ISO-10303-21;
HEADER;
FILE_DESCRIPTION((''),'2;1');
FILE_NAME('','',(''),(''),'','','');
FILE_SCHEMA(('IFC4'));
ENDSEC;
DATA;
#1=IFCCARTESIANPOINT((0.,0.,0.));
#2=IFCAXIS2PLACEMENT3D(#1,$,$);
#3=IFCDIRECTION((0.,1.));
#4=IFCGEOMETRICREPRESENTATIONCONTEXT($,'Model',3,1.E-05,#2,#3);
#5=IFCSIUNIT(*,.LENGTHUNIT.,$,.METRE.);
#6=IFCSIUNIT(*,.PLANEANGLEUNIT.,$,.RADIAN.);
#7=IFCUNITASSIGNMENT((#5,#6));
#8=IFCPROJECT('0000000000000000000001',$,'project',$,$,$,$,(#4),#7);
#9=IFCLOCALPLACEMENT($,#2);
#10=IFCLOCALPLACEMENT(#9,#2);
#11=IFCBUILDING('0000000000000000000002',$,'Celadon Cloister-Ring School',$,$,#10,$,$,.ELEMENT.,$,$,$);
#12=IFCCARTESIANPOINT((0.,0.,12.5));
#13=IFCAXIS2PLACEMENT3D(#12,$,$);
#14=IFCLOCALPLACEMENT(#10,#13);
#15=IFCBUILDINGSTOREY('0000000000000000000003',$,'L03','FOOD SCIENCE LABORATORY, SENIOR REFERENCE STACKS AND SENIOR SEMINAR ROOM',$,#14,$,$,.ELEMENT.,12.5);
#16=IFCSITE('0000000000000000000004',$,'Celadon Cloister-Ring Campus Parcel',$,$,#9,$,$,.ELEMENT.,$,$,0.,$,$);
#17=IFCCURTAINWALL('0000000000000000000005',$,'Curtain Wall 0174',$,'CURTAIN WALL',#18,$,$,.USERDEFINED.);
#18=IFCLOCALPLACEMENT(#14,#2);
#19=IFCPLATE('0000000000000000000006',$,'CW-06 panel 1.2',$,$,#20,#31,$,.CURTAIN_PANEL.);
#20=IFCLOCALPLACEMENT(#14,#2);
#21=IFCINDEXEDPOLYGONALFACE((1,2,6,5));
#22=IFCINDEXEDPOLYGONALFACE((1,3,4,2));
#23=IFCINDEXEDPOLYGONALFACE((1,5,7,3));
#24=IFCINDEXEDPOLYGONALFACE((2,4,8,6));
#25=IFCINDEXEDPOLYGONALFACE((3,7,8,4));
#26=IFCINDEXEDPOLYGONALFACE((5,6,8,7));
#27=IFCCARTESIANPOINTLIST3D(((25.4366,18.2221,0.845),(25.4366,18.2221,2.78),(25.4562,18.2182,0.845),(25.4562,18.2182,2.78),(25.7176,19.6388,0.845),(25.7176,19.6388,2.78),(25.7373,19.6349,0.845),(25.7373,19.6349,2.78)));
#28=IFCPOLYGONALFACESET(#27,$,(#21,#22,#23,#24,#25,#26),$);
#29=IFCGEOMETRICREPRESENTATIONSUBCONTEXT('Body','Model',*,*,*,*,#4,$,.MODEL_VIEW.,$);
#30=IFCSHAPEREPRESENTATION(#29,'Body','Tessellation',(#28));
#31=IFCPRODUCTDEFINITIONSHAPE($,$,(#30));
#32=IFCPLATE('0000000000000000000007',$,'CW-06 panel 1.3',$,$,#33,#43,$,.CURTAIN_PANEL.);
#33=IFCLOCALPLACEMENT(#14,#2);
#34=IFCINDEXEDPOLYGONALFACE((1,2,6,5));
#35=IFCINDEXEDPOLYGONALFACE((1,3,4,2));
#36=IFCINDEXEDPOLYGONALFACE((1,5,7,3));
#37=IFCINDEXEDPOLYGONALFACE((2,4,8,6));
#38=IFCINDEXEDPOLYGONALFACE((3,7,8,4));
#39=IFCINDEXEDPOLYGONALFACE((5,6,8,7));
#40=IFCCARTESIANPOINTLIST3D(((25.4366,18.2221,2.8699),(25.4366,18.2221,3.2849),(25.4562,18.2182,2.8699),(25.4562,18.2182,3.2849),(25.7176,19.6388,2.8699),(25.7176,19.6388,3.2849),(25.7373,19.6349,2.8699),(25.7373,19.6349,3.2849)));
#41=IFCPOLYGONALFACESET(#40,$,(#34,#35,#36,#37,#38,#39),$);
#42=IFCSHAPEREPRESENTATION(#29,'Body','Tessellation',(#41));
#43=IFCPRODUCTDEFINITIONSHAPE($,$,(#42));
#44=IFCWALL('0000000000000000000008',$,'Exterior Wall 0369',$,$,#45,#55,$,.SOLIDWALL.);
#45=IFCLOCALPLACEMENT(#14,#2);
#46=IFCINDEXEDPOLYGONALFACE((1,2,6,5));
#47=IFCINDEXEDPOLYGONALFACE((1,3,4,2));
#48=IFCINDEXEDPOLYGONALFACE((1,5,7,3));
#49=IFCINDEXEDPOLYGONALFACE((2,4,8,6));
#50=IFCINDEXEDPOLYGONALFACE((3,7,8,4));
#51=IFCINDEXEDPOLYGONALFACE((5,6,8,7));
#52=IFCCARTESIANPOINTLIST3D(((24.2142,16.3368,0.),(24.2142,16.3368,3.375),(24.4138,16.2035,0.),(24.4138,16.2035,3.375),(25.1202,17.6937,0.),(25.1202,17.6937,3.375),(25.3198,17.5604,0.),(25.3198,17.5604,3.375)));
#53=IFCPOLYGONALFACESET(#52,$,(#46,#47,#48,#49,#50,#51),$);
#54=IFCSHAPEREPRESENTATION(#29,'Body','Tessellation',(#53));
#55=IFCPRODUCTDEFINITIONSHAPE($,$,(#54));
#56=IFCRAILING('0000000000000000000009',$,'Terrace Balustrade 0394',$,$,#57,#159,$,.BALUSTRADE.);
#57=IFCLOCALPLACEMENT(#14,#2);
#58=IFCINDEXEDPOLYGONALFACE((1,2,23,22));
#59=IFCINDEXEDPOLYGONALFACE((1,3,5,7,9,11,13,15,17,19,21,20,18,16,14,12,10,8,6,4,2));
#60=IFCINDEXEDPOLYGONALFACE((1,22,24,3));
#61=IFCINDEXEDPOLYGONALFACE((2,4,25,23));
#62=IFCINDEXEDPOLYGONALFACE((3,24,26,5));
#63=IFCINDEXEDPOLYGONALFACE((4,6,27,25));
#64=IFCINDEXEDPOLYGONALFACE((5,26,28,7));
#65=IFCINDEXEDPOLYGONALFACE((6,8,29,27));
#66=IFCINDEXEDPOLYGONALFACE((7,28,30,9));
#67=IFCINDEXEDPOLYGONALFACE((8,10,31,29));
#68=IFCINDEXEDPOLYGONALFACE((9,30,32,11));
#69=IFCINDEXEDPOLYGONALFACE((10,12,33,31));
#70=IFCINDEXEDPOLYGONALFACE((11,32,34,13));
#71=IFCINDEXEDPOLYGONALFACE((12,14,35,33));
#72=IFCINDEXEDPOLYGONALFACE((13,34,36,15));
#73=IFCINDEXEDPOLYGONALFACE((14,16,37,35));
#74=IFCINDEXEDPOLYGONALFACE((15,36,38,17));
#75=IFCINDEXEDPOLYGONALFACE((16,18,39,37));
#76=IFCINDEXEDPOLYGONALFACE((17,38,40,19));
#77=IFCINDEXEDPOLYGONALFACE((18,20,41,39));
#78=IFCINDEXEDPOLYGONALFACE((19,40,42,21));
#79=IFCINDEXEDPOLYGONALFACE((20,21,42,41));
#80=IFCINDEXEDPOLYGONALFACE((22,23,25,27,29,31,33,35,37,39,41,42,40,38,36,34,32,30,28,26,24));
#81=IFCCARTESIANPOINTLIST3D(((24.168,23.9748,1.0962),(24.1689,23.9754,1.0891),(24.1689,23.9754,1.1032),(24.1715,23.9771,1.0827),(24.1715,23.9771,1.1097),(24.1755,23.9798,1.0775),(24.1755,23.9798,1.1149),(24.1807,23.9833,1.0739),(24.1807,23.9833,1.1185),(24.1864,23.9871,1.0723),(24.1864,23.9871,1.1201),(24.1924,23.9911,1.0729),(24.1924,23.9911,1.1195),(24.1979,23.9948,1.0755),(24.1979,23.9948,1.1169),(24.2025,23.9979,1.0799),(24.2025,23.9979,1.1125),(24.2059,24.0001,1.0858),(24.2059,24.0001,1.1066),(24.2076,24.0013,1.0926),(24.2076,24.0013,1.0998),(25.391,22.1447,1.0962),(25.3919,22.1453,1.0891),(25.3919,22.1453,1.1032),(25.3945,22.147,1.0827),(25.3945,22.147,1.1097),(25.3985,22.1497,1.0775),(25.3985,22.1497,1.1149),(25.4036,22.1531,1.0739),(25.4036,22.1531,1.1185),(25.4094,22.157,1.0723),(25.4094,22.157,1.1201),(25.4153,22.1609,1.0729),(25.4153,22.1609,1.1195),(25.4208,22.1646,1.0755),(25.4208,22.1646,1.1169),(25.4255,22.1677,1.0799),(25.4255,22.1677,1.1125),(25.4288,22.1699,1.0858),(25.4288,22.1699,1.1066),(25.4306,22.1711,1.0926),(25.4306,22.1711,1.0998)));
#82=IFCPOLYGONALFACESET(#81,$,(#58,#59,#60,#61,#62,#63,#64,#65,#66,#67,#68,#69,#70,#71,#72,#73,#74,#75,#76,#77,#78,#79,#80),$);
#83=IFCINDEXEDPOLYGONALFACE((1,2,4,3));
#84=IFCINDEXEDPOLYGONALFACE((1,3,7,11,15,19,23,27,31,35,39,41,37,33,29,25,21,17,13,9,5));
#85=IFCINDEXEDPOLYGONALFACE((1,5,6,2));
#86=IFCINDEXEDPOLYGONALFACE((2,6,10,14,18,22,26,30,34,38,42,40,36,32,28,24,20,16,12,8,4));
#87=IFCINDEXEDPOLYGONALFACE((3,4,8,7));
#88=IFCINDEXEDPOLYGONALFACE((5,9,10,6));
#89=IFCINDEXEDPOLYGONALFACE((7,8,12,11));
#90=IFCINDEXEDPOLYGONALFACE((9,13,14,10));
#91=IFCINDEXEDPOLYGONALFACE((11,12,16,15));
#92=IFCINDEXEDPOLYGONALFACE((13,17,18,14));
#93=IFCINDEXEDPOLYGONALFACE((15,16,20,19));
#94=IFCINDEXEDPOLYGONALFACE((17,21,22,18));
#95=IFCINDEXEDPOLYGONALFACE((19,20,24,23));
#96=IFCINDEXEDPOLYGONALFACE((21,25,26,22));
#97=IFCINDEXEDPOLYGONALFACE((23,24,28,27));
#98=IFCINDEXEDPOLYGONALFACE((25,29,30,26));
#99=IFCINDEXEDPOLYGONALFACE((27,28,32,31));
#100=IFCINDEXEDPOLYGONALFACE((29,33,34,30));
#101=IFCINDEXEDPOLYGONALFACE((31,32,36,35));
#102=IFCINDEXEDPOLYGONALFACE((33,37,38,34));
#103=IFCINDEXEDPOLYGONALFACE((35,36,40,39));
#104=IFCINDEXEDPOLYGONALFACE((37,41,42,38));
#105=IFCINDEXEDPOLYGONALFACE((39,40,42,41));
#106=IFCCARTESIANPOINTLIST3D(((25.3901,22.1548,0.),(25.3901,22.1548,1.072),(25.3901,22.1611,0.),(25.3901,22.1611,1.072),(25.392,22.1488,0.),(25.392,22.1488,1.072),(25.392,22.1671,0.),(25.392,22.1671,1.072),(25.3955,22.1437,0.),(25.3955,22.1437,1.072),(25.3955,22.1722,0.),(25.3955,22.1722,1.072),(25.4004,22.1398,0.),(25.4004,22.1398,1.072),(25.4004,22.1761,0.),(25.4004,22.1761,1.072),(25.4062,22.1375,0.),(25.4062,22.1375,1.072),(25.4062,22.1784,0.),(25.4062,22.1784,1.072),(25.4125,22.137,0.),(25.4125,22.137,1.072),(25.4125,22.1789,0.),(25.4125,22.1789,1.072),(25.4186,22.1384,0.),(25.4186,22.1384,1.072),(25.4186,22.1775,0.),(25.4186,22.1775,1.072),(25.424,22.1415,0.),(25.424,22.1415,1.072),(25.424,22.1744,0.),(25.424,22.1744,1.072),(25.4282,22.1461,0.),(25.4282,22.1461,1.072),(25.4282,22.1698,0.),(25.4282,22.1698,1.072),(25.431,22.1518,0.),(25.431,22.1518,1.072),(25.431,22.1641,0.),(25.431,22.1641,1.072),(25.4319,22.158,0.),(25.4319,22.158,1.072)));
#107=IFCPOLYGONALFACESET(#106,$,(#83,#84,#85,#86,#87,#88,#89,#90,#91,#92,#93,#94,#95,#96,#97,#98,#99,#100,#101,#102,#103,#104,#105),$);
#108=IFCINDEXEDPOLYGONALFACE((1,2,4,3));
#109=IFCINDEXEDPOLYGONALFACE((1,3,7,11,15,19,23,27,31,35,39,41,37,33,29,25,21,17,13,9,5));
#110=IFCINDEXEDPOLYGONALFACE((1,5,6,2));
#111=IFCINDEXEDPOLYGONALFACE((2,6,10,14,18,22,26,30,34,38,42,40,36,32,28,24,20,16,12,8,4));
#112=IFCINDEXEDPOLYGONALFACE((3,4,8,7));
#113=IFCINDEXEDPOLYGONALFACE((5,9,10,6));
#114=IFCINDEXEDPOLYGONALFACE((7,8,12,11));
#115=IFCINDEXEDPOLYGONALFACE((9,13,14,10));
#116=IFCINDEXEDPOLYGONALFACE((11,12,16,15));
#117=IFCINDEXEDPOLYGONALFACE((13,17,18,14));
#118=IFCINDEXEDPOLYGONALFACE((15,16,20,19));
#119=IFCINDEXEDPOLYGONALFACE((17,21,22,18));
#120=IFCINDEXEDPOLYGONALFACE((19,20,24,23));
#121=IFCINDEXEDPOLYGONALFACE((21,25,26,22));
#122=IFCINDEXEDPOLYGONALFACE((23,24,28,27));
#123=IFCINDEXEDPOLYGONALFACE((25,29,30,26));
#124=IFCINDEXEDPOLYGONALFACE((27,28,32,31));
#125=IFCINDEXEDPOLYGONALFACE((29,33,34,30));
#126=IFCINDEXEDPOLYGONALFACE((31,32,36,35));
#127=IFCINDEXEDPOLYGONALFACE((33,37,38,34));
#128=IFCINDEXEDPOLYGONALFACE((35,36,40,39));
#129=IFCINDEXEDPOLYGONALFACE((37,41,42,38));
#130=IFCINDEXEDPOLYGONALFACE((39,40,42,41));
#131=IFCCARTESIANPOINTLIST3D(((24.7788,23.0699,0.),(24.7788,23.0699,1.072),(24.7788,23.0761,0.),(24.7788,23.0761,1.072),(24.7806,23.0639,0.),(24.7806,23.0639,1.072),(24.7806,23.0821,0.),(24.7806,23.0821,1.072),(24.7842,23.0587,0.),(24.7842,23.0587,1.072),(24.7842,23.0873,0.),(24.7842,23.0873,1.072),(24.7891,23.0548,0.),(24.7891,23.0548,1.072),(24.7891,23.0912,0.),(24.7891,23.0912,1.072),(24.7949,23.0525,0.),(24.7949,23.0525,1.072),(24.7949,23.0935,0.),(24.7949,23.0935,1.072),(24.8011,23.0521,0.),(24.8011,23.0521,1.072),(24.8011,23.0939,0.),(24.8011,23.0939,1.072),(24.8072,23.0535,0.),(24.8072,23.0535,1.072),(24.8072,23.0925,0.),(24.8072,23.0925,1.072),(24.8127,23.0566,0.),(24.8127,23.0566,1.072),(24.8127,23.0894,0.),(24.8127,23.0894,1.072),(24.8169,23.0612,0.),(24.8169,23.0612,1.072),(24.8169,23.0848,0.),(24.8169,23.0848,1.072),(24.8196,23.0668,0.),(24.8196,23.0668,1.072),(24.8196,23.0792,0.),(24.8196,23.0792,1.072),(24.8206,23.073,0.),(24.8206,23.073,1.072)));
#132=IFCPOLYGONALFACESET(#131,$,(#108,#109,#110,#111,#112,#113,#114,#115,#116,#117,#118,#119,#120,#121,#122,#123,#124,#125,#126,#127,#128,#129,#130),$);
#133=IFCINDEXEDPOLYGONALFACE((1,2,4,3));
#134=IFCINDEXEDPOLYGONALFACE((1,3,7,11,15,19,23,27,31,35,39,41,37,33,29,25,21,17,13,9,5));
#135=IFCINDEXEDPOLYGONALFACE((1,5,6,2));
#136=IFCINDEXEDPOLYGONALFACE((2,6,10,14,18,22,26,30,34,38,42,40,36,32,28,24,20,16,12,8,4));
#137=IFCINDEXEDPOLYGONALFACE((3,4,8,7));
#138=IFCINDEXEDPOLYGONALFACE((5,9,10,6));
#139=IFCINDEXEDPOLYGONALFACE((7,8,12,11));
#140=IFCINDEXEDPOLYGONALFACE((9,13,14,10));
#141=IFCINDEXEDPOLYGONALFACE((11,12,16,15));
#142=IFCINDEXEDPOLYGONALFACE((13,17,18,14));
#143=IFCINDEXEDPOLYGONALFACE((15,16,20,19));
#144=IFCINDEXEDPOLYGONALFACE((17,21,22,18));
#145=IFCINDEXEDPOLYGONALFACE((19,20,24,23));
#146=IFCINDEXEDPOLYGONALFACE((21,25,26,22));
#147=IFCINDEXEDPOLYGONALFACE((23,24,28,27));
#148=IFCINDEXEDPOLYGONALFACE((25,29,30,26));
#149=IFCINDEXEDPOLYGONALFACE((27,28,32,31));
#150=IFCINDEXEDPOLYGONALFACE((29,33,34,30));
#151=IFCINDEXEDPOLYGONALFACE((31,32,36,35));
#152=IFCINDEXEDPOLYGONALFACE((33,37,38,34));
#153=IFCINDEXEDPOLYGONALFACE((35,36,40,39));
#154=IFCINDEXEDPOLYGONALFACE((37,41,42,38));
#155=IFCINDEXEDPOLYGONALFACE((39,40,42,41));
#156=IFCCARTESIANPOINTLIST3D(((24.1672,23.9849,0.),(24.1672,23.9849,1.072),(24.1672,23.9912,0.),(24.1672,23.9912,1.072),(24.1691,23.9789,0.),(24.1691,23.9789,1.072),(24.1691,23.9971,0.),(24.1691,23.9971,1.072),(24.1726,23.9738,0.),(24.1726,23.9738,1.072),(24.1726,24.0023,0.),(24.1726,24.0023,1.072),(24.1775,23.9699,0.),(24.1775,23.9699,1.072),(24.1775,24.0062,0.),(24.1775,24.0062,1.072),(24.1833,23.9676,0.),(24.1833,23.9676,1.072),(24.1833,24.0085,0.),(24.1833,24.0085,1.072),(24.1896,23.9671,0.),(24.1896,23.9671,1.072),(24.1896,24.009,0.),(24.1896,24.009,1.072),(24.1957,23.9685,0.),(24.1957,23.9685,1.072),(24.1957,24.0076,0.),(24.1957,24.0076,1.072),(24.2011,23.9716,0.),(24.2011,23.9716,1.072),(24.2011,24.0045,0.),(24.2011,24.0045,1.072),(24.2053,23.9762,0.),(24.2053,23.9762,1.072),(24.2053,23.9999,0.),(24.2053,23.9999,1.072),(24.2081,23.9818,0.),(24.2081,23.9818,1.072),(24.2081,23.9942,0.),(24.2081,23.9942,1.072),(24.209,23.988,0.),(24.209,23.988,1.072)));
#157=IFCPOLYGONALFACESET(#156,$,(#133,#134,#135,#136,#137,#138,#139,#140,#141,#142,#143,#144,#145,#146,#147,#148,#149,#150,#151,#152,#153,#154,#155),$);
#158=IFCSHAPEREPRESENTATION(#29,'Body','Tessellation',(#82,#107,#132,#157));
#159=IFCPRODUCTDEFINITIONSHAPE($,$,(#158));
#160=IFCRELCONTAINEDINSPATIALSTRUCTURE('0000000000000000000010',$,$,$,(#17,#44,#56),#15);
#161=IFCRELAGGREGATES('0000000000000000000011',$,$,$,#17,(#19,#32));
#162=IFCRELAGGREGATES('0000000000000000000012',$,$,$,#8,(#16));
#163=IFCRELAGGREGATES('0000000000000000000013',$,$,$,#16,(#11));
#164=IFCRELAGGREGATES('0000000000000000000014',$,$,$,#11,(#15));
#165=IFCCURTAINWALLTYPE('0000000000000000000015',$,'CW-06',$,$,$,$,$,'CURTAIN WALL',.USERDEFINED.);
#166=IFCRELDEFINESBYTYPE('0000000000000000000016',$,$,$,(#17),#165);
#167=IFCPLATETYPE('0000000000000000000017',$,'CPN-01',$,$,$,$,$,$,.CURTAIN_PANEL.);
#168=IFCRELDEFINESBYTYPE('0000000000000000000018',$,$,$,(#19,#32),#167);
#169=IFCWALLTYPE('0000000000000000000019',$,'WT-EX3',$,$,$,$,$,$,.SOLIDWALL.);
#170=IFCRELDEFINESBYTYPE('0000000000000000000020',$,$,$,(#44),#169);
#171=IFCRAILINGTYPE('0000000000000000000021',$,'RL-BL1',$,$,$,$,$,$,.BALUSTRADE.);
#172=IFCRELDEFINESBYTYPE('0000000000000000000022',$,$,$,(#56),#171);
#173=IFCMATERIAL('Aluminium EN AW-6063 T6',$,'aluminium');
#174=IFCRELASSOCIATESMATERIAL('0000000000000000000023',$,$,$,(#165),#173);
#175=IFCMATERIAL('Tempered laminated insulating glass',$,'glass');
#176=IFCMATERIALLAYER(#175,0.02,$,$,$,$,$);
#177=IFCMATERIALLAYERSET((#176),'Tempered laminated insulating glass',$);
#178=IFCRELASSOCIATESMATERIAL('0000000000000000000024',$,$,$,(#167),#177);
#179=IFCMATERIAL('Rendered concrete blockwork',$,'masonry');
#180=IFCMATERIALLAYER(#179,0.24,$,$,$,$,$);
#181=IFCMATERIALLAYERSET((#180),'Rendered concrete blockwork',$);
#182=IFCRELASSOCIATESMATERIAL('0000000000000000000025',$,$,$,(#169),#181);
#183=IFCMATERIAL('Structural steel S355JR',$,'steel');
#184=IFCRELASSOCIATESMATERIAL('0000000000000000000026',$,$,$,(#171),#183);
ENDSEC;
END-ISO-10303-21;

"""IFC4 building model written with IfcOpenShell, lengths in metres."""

from ifc_helpers import new_model, si_unit, direction, frame, frame_2d, origin, origin_2d, place, context, subcontext, project, spatial, rectangle, circle, extrude, material, layer, layer_set, type_object, element, aggregate, save


model = new_model("IFC4")

# Units and contexts
model_context = context("Model", 3, precision=1e-05, world=origin(), true_north=direction((0.0, 1.0)))
body_context = subcontext(model_context, "Body", "Model", "MODEL_VIEW")
ifc_project = project(units=[si_unit("LENGTHUNIT", "METRE"), si_unit("PLANEANGLEUNIT", "RADIAN")], contexts=[model_context])

# Site, building, storey
site_placement = place(None, origin())
site = spatial("IfcSite", under=ifc_project, at=site_placement, Name="Celadon Cloister-Ring Campus Parcel", CompositionType="ELEMENT", RefElevation=0.0)
building_placement = place(site_placement, origin())
building = spatial("IfcBuilding", under=site, at=building_placement, Name="Celadon Cloister-Ring School", CompositionType="ELEMENT")
storey_placement = place(building_placement, frame((0.0, 0.0, 12.5)))
storey = spatial("IfcBuildingStorey", under=building, at=storey_placement, Name="L03", Description="FOOD SCIENCE LABORATORY, SENIOR REFERENCE STACKS AND SENIOR SEMINAR ROOM", CompositionType="ELEMENT", Elevation=12.5)

# Curtain wall
ifc_material_1 = material(Name="Aluminium EN AW-6063 T6", Category="aluminium")
curtain_wall_type = type_object("IfcCurtainWallType", Name="CW-06", ElementType="CURTAIN WALL", PredefinedType="USERDEFINED", material=ifc_material_1)
curtain_wall_1_placement = place(storey_placement, origin())
curtain_wall_1 = element("IfcCurtainWall", 1, at=curtain_wall_1_placement, inside=storey, type_object=curtain_wall_type, Name="Curtain Wall 0174", ObjectType="CURTAIN WALL", PredefinedType="USERDEFINED")

# Plates
ifc_material_2 = material(Name="Tempered laminated insulating glass", Category="glass")
ifc_layer_1 = layer(ifc_material_2, 0.02)
ifc_layer_set_1 = layer_set([ifc_layer_1], Name="Tempered laminated insulating glass")
plate_type = type_object("IfcPlateType", Name="CPN-01", PredefinedType="CURTAIN_PANEL", material=ifc_layer_set_1)
plate_1_placement = place(storey_placement, frame((25.5869, 18.9285, 0.845), z_axis=(0.0, 0.0, 1.0), x_axis=(0.194586, 0.980885, 0.0)))
plate_1 = element("IfcPlate", 2, at=plate_1_placement, type_object=plate_type, Name="CW-06 panel 1.2", PredefinedType="CURTAIN_PANEL", context=body_context, shape_type="SweptSolid", body=[
    extrude(rectangle(XDim=1.4443, YDim=0.02, at=origin_2d()), origin(), (0.0, 0.0, 1.0), 1.9351),
])
plate_2_placement = place(storey_placement, frame((25.5869, 18.9285, 2.8699), z_axis=(0.0, 0.0, 1.0), x_axis=(0.194586, 0.980885, 0.0)))
plate_2 = element("IfcPlate", 3, at=plate_2_placement, type_object=plate_type, Name="CW-06 panel 1.3", PredefinedType="CURTAIN_PANEL", context=body_context, shape_type="SweptSolid", body=[
    extrude(rectangle(XDim=1.4443, YDim=0.02, at=origin_2d()), origin(), (0.0, 0.0, 1.0), 0.415),
])
aggregate(curtain_wall_1, [plate_1, plate_2])

# Wall
ifc_material_3 = material(Name="Rendered concrete blockwork", Category="masonry")
ifc_layer_2 = layer(ifc_material_3, 0.24)
ifc_layer_set_2 = layer_set([ifc_layer_2], Name="Rendered concrete blockwork")
wall_type = type_object("IfcWallType", Name="WT-EX3", PredefinedType="SOLIDWALL", material=ifc_layer_set_2)
wall_placement = place(storey_placement, frame((24.314, 16.27, 0.0), z_axis=(0.0, 0.0, 1.0), x_axis=(0.555287, 0.831659, 0.0)))
element("IfcWall", 4, at=wall_placement, inside=storey, type_object=wall_type, Name="Exterior Wall 0369", PredefinedType="SOLIDWALL", context=body_context, shape_type="SweptSolid", body=[
    extrude(rectangle(XDim=1.6316, YDim=0.24, at=frame_2d((0.8159, 0.0))), origin(), (0.0, 0.0, 1.0), 3.375),
])

# Railing
ifc_material_4 = material(Name="Structural steel S355JR", Category="steel")
railing_type = type_object("IfcRailingType", Name="RL-BL1", PredefinedType="BALUSTRADE", material=ifc_material_4)
railing_1_placement = place(storey_placement, frame((25.4109, 22.158, 0.0)))
element("IfcRailing", 5, at=railing_1_placement, inside=storey, type_object=railing_type, Name="Terrace Balustrade 0394", PredefinedType="BALUSTRADE", context=body_context, shape_type="SweptSolid", body=[
    extrude(circle(Radius=0.0239, at=origin_2d()), frame((0.0, 0.0, 1.0962), z_axis=(-0.555596, 0.831453, 0.0), x_axis=(-0.831453, -0.555596, 0.0)), (0.0, 0.0, 1.0), 2.2012),
    extrude(circle(Radius=0.021, at=origin_2d()), origin(), (0.0, 0.0, 1.0), 1.072),
    extrude(circle(Radius=0.021, at=origin_2d()), frame((-0.6113, 0.915, 0.0)), (0.0, 0.0, 1.0), 1.072),
    extrude(circle(Radius=0.021, at=origin_2d()), frame((-1.2229, 1.8301, 0.0)), (0.0, 0.0, 1.0), 1.072),
])

save(model, "model.ifc")
